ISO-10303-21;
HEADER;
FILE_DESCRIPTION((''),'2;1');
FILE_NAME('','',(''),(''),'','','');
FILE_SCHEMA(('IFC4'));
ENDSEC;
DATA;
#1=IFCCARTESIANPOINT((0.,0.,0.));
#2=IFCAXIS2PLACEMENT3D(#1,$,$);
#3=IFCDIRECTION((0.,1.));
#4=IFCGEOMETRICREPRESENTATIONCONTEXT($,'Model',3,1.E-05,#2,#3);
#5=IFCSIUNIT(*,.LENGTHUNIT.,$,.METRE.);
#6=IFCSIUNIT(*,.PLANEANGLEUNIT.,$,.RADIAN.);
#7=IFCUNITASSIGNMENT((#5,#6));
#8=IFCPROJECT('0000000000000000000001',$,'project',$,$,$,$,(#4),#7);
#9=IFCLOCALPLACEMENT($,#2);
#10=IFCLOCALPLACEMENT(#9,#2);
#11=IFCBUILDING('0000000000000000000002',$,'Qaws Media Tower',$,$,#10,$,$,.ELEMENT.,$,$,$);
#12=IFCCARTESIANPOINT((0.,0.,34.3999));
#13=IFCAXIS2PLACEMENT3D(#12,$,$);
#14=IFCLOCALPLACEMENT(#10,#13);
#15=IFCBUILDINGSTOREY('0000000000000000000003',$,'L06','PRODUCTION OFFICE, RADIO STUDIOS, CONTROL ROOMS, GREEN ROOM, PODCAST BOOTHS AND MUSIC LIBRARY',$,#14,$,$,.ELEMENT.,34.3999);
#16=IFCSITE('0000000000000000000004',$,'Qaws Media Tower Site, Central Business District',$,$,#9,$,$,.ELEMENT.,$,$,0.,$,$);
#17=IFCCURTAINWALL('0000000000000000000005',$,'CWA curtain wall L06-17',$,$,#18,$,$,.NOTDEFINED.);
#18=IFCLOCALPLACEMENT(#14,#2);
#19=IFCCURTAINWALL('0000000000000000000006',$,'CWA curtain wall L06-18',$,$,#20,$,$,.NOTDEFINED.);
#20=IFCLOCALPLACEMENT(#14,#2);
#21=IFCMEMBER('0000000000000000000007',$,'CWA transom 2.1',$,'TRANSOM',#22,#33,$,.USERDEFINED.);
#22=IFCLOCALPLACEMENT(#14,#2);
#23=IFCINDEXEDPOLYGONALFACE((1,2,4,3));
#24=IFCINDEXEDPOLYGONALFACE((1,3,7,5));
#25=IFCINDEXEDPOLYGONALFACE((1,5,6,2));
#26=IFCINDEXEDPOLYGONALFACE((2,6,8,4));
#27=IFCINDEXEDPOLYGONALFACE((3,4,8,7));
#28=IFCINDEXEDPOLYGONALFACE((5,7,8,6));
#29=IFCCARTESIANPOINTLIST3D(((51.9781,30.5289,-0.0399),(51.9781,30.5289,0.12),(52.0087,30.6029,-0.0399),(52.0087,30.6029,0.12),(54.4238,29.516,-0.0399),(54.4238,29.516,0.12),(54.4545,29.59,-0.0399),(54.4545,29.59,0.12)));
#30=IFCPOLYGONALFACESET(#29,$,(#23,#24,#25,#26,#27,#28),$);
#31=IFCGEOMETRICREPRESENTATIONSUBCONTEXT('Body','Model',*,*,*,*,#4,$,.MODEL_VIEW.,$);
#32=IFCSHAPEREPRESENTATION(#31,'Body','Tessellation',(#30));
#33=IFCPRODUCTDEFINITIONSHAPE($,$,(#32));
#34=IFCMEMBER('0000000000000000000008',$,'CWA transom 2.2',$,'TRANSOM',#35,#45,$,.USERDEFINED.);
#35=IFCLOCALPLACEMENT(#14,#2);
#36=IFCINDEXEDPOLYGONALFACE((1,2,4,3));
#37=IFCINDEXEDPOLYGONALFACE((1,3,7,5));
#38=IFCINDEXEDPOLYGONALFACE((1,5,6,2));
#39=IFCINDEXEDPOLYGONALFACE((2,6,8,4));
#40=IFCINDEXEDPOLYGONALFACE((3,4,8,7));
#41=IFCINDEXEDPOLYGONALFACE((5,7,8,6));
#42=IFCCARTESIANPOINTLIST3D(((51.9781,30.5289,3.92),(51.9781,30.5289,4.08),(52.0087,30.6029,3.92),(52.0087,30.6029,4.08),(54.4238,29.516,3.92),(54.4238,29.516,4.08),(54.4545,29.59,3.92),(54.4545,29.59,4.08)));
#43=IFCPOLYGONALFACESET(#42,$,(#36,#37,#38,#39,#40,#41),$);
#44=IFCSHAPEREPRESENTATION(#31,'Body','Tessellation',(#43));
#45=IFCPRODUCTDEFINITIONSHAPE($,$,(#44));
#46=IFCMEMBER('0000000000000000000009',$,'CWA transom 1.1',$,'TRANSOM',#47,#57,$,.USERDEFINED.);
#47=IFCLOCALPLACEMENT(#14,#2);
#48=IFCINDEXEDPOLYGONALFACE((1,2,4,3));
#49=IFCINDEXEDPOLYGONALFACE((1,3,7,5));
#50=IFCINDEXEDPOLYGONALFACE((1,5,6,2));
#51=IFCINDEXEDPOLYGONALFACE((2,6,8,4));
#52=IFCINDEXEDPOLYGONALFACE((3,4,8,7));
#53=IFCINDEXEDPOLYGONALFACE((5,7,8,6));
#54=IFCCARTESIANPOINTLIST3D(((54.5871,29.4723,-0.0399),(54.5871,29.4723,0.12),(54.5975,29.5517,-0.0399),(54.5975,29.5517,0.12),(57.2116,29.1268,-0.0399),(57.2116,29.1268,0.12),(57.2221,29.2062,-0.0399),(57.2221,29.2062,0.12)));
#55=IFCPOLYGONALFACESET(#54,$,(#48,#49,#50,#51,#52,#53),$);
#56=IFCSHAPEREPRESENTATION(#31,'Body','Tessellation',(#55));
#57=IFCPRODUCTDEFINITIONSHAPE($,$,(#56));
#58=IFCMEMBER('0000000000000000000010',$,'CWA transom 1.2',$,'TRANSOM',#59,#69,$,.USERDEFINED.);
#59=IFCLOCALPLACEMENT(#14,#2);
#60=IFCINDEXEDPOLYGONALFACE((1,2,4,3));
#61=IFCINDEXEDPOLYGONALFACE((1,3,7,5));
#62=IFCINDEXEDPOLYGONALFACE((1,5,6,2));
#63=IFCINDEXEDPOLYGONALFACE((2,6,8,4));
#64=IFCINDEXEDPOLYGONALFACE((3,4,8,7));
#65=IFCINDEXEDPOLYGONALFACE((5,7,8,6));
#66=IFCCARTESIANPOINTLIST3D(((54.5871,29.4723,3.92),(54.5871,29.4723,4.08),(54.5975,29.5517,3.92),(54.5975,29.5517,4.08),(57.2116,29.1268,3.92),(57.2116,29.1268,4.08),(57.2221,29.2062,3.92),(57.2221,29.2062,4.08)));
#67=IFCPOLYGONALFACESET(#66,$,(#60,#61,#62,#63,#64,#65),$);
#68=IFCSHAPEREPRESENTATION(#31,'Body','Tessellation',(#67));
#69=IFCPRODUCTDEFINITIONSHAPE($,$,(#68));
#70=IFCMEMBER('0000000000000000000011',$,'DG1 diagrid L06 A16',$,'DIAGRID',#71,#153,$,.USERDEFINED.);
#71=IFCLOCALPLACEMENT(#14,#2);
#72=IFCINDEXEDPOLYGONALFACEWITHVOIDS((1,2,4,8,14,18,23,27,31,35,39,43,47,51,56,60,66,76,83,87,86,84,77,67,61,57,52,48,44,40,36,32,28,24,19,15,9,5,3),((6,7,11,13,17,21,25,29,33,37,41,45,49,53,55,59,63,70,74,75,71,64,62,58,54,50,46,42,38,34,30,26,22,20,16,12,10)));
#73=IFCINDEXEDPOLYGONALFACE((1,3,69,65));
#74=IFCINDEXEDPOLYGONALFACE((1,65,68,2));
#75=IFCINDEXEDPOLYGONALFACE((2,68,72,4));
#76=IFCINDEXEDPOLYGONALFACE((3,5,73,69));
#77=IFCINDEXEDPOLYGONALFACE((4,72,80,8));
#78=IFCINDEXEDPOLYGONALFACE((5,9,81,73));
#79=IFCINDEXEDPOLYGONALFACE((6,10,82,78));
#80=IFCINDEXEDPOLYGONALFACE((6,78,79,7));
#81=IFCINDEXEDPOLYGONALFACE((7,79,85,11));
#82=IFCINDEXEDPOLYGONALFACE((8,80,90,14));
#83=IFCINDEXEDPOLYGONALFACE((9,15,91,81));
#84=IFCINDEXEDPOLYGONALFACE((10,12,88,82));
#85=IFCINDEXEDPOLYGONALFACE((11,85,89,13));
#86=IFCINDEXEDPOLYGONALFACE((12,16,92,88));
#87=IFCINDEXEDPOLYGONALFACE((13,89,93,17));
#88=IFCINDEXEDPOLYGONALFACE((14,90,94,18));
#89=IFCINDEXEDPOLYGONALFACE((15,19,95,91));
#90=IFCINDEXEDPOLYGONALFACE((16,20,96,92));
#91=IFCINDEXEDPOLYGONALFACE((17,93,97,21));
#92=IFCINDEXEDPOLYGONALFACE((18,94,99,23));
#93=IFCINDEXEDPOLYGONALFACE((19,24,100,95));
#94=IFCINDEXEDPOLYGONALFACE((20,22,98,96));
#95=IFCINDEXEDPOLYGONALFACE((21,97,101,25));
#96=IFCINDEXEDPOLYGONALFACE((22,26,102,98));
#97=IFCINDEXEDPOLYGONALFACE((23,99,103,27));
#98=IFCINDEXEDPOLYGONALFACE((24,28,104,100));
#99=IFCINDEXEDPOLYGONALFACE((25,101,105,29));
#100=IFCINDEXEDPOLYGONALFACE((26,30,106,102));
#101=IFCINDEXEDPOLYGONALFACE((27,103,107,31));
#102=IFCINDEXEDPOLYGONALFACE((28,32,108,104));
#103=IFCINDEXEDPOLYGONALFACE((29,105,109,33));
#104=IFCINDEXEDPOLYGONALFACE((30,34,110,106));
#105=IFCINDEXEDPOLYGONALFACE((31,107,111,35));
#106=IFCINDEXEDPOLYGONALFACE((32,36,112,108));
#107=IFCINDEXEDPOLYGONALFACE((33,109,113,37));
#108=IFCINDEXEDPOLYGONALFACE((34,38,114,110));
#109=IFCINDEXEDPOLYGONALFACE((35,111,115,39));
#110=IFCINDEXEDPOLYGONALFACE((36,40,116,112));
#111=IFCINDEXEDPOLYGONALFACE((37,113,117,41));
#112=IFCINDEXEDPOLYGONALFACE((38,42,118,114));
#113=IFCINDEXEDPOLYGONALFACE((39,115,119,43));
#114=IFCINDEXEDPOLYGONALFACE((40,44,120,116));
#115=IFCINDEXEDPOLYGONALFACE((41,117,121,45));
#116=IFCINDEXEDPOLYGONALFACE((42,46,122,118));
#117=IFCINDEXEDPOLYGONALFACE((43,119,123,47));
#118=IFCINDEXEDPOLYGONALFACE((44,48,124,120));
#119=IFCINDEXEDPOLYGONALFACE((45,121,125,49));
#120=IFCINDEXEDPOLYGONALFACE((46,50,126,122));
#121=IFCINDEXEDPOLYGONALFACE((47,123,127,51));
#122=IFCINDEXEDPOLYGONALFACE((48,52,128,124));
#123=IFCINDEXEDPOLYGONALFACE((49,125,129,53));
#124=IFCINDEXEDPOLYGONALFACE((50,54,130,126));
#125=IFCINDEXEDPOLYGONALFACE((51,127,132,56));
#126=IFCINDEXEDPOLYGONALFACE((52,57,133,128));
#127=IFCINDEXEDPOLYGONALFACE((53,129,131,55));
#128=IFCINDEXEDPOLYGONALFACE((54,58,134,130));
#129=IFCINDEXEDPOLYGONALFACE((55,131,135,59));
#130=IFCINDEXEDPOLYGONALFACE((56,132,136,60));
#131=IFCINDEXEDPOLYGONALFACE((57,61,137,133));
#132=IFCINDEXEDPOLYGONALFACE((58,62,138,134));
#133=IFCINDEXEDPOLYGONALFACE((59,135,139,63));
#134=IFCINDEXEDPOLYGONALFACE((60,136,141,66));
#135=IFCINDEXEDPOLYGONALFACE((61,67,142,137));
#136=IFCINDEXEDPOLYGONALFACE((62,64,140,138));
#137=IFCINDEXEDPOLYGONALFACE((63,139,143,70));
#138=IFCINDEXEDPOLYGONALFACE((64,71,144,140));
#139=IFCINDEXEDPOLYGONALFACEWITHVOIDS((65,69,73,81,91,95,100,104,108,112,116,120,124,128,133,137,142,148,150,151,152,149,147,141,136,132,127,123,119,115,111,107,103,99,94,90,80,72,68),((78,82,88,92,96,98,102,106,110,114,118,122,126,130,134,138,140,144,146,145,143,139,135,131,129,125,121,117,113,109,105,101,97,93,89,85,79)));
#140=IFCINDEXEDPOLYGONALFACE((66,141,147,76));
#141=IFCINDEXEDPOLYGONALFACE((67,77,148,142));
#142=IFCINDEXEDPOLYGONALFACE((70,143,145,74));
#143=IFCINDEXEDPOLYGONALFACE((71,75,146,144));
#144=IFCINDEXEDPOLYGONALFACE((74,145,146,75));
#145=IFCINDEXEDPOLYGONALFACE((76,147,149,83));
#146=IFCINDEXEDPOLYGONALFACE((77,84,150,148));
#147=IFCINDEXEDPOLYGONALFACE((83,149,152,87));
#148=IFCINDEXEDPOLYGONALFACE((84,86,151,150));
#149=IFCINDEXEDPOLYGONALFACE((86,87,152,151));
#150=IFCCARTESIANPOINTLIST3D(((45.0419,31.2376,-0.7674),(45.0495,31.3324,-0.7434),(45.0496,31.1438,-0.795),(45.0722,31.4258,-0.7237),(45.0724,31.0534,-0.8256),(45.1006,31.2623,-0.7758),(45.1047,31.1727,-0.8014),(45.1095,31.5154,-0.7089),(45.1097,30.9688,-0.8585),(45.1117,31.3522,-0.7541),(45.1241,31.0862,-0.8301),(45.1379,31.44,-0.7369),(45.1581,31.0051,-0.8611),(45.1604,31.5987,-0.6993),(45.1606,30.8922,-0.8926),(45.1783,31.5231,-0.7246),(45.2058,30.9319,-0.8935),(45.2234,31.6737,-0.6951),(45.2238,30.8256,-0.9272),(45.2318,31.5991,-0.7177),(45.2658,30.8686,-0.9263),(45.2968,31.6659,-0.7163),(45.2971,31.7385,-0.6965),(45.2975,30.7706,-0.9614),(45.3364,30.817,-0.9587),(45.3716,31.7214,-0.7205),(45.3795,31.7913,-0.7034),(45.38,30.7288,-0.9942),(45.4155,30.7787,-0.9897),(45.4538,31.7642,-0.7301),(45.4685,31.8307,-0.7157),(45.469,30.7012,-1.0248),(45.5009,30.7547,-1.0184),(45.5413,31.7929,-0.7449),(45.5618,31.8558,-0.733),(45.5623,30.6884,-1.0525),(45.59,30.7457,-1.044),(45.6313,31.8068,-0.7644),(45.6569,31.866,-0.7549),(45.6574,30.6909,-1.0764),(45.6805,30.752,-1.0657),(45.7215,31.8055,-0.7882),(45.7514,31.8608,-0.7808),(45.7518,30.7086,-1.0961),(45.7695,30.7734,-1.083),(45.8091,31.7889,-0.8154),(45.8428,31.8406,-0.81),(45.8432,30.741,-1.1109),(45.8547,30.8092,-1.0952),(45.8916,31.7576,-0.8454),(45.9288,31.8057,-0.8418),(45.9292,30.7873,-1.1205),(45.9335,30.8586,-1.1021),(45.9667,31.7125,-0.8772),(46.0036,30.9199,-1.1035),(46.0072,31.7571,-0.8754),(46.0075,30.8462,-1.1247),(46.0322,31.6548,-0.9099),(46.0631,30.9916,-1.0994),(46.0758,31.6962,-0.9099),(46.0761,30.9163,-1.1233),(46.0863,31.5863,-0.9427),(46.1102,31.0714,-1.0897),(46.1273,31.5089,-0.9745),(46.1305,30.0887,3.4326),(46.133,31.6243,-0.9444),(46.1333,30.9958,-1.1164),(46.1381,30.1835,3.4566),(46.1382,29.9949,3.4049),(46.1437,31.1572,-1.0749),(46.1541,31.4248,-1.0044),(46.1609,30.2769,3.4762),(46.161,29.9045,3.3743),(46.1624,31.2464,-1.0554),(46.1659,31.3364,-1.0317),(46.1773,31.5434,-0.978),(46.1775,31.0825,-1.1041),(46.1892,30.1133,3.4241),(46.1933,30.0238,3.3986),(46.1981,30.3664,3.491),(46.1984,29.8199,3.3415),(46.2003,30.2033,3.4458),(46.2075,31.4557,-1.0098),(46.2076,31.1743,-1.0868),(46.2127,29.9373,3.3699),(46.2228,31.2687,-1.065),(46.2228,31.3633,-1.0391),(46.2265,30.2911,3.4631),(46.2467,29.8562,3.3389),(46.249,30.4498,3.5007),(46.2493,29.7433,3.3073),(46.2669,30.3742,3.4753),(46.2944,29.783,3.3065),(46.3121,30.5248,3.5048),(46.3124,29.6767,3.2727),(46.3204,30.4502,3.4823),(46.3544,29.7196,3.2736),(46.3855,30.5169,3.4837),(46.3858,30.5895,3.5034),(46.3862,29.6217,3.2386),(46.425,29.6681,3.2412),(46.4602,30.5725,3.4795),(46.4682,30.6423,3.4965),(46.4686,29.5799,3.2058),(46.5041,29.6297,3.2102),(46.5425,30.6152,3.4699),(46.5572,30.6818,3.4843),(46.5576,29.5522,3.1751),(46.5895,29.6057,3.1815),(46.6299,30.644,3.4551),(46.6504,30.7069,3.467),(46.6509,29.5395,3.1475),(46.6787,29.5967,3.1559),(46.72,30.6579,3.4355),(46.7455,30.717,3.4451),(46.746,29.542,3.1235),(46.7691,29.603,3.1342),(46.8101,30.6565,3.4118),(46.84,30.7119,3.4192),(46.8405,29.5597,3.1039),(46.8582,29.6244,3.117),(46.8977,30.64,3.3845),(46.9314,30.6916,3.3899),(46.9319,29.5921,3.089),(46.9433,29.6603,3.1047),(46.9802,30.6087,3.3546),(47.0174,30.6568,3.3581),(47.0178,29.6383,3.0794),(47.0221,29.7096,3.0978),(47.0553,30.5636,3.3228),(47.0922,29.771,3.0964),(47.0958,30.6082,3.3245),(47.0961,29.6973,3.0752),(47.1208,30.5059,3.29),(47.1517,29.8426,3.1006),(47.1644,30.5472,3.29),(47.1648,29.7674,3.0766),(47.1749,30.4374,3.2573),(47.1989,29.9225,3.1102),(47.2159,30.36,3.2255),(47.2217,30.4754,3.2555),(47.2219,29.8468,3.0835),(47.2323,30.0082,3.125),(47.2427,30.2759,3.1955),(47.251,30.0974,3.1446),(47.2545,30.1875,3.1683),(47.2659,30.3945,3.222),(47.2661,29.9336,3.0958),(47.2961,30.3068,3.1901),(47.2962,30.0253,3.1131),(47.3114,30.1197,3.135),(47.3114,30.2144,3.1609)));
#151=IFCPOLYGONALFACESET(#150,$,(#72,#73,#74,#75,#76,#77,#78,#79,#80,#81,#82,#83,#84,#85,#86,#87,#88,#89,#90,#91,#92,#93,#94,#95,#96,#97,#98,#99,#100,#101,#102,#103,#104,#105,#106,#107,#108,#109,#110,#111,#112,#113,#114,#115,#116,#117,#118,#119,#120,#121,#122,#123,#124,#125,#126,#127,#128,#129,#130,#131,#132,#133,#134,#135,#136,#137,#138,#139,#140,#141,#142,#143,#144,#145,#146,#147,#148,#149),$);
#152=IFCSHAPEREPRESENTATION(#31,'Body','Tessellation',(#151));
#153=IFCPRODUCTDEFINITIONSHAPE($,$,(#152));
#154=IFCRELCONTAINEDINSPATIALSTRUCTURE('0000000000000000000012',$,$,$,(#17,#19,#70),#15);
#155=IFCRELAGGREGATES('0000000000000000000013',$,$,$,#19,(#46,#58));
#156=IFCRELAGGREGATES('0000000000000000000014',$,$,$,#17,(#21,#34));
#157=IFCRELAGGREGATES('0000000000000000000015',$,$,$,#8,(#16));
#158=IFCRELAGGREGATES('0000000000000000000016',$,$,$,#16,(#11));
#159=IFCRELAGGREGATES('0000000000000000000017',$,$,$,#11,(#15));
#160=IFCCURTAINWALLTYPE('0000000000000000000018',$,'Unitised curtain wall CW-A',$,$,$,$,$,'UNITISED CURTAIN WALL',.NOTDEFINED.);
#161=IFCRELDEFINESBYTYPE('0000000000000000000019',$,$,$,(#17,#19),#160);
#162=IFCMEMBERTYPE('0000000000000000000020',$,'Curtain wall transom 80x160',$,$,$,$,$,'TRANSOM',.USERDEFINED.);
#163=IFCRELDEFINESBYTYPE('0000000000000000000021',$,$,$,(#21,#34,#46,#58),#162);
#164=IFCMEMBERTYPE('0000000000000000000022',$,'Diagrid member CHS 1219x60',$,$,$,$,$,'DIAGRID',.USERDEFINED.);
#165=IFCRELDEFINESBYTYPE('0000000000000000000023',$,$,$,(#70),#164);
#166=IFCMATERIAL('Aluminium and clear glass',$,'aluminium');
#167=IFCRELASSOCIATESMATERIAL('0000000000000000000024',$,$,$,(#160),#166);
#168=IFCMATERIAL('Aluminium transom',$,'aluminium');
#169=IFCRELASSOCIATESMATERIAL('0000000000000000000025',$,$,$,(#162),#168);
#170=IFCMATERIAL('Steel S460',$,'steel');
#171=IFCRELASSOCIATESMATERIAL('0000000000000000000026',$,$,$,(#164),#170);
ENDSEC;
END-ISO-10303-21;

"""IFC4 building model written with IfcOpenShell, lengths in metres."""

from ifc_helpers import new_model, si_unit, direction, frame, origin, origin_2d, place, context, subcontext, project, spatial, rectangle, hollow_circle, extrude, material, material_profile, profile_set, type_object, element, aggregate, save


model = new_model("IFC4")

# Units and contexts
model_context = context("Model", 3, precision=1e-05, world=origin(), true_north=direction((0.0, 1.0)))
body_context = subcontext(model_context, "Body", "Model", "MODEL_VIEW")
ifc_project = project(units=[si_unit("LENGTHUNIT", "METRE"), si_unit("PLANEANGLEUNIT", "RADIAN")], contexts=[model_context])

# Site, building, storey
site_placement = place(None, origin())
site = spatial("IfcSite", under=ifc_project, at=site_placement, Name="Qaws Media Tower Site, Central Business District", CompositionType="ELEMENT", RefElevation=0.0)
building_placement = place(site_placement, origin())
building = spatial("IfcBuilding", under=site, at=building_placement, Name="Qaws Media Tower", CompositionType="ELEMENT")
storey_placement = place(building_placement, frame((0.0, 0.0, 34.3999)))
storey = spatial("IfcBuildingStorey", under=building, at=storey_placement, Name="L06", Description="PRODUCTION OFFICE, RADIO STUDIOS, CONTROL ROOMS, GREEN ROOM, PODCAST BOOTHS AND MUSIC LIBRARY", CompositionType="ELEMENT", Elevation=34.3999)

# Shared definitions
ifc_material_1 = material(Name="Aluminium and clear glass", Category="aluminium")
curtain_wall_type = type_object("IfcCurtainWallType", Name="Unitised curtain wall CW-A", ElementType="UNITISED CURTAIN WALL", PredefinedType="NOTDEFINED", material=ifc_material_1)

# Curtain wall
curtain_wall_1_placement = place(storey_placement, origin())
curtain_wall_1 = element("IfcCurtainWall", 1, at=curtain_wall_1_placement, inside=storey, type_object=curtain_wall_type, Name="CWA curtain wall L06-17", PredefinedType="NOTDEFINED")

# Curtain wall
curtain_wall_2_placement = place(storey_placement, origin())
curtain_wall_2 = element("IfcCurtainWall", 2, at=curtain_wall_2_placement, inside=storey, type_object=curtain_wall_type, Name="CWA curtain wall L06-18", PredefinedType="NOTDEFINED")

# Members
ifc_material_2 = material(Name="Aluminium transom", Category="aluminium")
ifc_material_profile_1 = material_profile(ifc_material_2, rectangle(XDim=0.0801, YDim=0.1599, at=origin_2d()), Name="80x160")
ifc_profile_set_1 = profile_set([ifc_material_profile_1], Name="Aluminium transom")
member_type_1 = type_object("IfcMemberType", Name="Curtain wall transom 80x160", ElementType="TRANSOM", PredefinedType="USERDEFINED", material=ifc_profile_set_1)
member_1_placement = place(storey_placement, frame((51.9934, 30.5659, 0.04), z_axis=(0.923899, -0.382637, 0.0), x_axis=(0.382637, 0.923899, 0.0)))
member_1 = element("IfcMember", 3, at=member_1_placement, type_object=member_type_1, Name="CWA transom 2.1", ObjectType="TRANSOM", PredefinedType="USERDEFINED", context=body_context, shape_type="SweptSolid", body=[
    extrude(rectangle(XDim=0.0801, YDim=0.1599, at=origin_2d()), origin(), (0.0, 0.0, 1.0), 2.6472),
])
member_2_placement = place(storey_placement, frame((51.9934, 30.5659, 4.0), z_axis=(0.923899, -0.382637, 0.0), x_axis=(0.382637, 0.923899, 0.0)))
member_2 = element("IfcMember", 4, at=member_2_placement, type_object=member_type_1, Name="CWA transom 2.2", ObjectType="TRANSOM", PredefinedType="USERDEFINED", context=body_context, shape_type="SweptSolid", body=[
    extrude(rectangle(XDim=0.0801, YDim=0.1599, at=origin_2d()), origin(), (0.0, 0.0, 1.0), 2.6472),
])
member_3_placement = place(storey_placement, frame((54.5923, 29.512, 0.04), z_axis=(0.991448, -0.130502, 0.0), x_axis=(0.130502, 0.991448, 0.0)))
member_3 = element("IfcMember", 5, at=member_3_placement, type_object=member_type_1, Name="CWA transom 1.1", ObjectType="TRANSOM", PredefinedType="USERDEFINED", context=body_context, shape_type="SweptSolid", body=[
    extrude(rectangle(XDim=0.0801, YDim=0.1599, at=origin_2d()), origin(), (0.0, 0.0, 1.0), 2.6472),
])
member_4_placement = place(storey_placement, frame((54.5923, 29.512, 4.0), z_axis=(0.991448, -0.130502, 0.0), x_axis=(0.130502, 0.991448, 0.0)))
member_4 = element("IfcMember", 6, at=member_4_placement, type_object=member_type_1, Name="CWA transom 1.2", ObjectType="TRANSOM", PredefinedType="USERDEFINED", context=body_context, shape_type="SweptSolid", body=[
    extrude(rectangle(XDim=0.0801, YDim=0.1599, at=origin_2d()), origin(), (0.0, 0.0, 1.0), 2.6472),
])
aggregate(curtain_wall_2, [member_3, member_4])

# Member
ifc_material_3 = material(Name="Steel S460", Category="steel")
ifc_material_profile_2 = material_profile(ifc_material_3, hollow_circle(Radius=0.6096, WallThickness=0.0601, at=origin_2d()), Name="CHS 1219x60")
ifc_profile_set_2 = profile_set([ifc_material_profile_2], Name="Steel S460")
member_type_2 = type_object("IfcMemberType", Name="Diagrid member CHS 1219x60", ElementType="DIAGRID", PredefinedType="USERDEFINED", material=ifc_profile_set_2)
for number, where, z_axis, x_axis, name in (
    (7, (45.6333, 31.2769, -0.9099), (0.242548, -0.255983, 0.935758), (0.7259, 0.6878, 0.0), "DG1 diagrid L06 A16"),
):
    element("IfcMember", number, at=place(storey_placement, frame(where, z_axis=z_axis, x_axis=x_axis)), inside=storey, type_object=member_type_2, Name=name, ObjectType="DIAGRID", PredefinedType="USERDEFINED", context=body_context, shape_type="SweptSolid", body=[
        extrude(hollow_circle(Radius=0.6096, WallThickness=0.0601, at=origin_2d()), origin(), (0.0, 0.0, 1.0), 4.4883),
    ])

aggregate(curtain_wall_1, [member_1, member_2])

save(model, "model.ifc")
